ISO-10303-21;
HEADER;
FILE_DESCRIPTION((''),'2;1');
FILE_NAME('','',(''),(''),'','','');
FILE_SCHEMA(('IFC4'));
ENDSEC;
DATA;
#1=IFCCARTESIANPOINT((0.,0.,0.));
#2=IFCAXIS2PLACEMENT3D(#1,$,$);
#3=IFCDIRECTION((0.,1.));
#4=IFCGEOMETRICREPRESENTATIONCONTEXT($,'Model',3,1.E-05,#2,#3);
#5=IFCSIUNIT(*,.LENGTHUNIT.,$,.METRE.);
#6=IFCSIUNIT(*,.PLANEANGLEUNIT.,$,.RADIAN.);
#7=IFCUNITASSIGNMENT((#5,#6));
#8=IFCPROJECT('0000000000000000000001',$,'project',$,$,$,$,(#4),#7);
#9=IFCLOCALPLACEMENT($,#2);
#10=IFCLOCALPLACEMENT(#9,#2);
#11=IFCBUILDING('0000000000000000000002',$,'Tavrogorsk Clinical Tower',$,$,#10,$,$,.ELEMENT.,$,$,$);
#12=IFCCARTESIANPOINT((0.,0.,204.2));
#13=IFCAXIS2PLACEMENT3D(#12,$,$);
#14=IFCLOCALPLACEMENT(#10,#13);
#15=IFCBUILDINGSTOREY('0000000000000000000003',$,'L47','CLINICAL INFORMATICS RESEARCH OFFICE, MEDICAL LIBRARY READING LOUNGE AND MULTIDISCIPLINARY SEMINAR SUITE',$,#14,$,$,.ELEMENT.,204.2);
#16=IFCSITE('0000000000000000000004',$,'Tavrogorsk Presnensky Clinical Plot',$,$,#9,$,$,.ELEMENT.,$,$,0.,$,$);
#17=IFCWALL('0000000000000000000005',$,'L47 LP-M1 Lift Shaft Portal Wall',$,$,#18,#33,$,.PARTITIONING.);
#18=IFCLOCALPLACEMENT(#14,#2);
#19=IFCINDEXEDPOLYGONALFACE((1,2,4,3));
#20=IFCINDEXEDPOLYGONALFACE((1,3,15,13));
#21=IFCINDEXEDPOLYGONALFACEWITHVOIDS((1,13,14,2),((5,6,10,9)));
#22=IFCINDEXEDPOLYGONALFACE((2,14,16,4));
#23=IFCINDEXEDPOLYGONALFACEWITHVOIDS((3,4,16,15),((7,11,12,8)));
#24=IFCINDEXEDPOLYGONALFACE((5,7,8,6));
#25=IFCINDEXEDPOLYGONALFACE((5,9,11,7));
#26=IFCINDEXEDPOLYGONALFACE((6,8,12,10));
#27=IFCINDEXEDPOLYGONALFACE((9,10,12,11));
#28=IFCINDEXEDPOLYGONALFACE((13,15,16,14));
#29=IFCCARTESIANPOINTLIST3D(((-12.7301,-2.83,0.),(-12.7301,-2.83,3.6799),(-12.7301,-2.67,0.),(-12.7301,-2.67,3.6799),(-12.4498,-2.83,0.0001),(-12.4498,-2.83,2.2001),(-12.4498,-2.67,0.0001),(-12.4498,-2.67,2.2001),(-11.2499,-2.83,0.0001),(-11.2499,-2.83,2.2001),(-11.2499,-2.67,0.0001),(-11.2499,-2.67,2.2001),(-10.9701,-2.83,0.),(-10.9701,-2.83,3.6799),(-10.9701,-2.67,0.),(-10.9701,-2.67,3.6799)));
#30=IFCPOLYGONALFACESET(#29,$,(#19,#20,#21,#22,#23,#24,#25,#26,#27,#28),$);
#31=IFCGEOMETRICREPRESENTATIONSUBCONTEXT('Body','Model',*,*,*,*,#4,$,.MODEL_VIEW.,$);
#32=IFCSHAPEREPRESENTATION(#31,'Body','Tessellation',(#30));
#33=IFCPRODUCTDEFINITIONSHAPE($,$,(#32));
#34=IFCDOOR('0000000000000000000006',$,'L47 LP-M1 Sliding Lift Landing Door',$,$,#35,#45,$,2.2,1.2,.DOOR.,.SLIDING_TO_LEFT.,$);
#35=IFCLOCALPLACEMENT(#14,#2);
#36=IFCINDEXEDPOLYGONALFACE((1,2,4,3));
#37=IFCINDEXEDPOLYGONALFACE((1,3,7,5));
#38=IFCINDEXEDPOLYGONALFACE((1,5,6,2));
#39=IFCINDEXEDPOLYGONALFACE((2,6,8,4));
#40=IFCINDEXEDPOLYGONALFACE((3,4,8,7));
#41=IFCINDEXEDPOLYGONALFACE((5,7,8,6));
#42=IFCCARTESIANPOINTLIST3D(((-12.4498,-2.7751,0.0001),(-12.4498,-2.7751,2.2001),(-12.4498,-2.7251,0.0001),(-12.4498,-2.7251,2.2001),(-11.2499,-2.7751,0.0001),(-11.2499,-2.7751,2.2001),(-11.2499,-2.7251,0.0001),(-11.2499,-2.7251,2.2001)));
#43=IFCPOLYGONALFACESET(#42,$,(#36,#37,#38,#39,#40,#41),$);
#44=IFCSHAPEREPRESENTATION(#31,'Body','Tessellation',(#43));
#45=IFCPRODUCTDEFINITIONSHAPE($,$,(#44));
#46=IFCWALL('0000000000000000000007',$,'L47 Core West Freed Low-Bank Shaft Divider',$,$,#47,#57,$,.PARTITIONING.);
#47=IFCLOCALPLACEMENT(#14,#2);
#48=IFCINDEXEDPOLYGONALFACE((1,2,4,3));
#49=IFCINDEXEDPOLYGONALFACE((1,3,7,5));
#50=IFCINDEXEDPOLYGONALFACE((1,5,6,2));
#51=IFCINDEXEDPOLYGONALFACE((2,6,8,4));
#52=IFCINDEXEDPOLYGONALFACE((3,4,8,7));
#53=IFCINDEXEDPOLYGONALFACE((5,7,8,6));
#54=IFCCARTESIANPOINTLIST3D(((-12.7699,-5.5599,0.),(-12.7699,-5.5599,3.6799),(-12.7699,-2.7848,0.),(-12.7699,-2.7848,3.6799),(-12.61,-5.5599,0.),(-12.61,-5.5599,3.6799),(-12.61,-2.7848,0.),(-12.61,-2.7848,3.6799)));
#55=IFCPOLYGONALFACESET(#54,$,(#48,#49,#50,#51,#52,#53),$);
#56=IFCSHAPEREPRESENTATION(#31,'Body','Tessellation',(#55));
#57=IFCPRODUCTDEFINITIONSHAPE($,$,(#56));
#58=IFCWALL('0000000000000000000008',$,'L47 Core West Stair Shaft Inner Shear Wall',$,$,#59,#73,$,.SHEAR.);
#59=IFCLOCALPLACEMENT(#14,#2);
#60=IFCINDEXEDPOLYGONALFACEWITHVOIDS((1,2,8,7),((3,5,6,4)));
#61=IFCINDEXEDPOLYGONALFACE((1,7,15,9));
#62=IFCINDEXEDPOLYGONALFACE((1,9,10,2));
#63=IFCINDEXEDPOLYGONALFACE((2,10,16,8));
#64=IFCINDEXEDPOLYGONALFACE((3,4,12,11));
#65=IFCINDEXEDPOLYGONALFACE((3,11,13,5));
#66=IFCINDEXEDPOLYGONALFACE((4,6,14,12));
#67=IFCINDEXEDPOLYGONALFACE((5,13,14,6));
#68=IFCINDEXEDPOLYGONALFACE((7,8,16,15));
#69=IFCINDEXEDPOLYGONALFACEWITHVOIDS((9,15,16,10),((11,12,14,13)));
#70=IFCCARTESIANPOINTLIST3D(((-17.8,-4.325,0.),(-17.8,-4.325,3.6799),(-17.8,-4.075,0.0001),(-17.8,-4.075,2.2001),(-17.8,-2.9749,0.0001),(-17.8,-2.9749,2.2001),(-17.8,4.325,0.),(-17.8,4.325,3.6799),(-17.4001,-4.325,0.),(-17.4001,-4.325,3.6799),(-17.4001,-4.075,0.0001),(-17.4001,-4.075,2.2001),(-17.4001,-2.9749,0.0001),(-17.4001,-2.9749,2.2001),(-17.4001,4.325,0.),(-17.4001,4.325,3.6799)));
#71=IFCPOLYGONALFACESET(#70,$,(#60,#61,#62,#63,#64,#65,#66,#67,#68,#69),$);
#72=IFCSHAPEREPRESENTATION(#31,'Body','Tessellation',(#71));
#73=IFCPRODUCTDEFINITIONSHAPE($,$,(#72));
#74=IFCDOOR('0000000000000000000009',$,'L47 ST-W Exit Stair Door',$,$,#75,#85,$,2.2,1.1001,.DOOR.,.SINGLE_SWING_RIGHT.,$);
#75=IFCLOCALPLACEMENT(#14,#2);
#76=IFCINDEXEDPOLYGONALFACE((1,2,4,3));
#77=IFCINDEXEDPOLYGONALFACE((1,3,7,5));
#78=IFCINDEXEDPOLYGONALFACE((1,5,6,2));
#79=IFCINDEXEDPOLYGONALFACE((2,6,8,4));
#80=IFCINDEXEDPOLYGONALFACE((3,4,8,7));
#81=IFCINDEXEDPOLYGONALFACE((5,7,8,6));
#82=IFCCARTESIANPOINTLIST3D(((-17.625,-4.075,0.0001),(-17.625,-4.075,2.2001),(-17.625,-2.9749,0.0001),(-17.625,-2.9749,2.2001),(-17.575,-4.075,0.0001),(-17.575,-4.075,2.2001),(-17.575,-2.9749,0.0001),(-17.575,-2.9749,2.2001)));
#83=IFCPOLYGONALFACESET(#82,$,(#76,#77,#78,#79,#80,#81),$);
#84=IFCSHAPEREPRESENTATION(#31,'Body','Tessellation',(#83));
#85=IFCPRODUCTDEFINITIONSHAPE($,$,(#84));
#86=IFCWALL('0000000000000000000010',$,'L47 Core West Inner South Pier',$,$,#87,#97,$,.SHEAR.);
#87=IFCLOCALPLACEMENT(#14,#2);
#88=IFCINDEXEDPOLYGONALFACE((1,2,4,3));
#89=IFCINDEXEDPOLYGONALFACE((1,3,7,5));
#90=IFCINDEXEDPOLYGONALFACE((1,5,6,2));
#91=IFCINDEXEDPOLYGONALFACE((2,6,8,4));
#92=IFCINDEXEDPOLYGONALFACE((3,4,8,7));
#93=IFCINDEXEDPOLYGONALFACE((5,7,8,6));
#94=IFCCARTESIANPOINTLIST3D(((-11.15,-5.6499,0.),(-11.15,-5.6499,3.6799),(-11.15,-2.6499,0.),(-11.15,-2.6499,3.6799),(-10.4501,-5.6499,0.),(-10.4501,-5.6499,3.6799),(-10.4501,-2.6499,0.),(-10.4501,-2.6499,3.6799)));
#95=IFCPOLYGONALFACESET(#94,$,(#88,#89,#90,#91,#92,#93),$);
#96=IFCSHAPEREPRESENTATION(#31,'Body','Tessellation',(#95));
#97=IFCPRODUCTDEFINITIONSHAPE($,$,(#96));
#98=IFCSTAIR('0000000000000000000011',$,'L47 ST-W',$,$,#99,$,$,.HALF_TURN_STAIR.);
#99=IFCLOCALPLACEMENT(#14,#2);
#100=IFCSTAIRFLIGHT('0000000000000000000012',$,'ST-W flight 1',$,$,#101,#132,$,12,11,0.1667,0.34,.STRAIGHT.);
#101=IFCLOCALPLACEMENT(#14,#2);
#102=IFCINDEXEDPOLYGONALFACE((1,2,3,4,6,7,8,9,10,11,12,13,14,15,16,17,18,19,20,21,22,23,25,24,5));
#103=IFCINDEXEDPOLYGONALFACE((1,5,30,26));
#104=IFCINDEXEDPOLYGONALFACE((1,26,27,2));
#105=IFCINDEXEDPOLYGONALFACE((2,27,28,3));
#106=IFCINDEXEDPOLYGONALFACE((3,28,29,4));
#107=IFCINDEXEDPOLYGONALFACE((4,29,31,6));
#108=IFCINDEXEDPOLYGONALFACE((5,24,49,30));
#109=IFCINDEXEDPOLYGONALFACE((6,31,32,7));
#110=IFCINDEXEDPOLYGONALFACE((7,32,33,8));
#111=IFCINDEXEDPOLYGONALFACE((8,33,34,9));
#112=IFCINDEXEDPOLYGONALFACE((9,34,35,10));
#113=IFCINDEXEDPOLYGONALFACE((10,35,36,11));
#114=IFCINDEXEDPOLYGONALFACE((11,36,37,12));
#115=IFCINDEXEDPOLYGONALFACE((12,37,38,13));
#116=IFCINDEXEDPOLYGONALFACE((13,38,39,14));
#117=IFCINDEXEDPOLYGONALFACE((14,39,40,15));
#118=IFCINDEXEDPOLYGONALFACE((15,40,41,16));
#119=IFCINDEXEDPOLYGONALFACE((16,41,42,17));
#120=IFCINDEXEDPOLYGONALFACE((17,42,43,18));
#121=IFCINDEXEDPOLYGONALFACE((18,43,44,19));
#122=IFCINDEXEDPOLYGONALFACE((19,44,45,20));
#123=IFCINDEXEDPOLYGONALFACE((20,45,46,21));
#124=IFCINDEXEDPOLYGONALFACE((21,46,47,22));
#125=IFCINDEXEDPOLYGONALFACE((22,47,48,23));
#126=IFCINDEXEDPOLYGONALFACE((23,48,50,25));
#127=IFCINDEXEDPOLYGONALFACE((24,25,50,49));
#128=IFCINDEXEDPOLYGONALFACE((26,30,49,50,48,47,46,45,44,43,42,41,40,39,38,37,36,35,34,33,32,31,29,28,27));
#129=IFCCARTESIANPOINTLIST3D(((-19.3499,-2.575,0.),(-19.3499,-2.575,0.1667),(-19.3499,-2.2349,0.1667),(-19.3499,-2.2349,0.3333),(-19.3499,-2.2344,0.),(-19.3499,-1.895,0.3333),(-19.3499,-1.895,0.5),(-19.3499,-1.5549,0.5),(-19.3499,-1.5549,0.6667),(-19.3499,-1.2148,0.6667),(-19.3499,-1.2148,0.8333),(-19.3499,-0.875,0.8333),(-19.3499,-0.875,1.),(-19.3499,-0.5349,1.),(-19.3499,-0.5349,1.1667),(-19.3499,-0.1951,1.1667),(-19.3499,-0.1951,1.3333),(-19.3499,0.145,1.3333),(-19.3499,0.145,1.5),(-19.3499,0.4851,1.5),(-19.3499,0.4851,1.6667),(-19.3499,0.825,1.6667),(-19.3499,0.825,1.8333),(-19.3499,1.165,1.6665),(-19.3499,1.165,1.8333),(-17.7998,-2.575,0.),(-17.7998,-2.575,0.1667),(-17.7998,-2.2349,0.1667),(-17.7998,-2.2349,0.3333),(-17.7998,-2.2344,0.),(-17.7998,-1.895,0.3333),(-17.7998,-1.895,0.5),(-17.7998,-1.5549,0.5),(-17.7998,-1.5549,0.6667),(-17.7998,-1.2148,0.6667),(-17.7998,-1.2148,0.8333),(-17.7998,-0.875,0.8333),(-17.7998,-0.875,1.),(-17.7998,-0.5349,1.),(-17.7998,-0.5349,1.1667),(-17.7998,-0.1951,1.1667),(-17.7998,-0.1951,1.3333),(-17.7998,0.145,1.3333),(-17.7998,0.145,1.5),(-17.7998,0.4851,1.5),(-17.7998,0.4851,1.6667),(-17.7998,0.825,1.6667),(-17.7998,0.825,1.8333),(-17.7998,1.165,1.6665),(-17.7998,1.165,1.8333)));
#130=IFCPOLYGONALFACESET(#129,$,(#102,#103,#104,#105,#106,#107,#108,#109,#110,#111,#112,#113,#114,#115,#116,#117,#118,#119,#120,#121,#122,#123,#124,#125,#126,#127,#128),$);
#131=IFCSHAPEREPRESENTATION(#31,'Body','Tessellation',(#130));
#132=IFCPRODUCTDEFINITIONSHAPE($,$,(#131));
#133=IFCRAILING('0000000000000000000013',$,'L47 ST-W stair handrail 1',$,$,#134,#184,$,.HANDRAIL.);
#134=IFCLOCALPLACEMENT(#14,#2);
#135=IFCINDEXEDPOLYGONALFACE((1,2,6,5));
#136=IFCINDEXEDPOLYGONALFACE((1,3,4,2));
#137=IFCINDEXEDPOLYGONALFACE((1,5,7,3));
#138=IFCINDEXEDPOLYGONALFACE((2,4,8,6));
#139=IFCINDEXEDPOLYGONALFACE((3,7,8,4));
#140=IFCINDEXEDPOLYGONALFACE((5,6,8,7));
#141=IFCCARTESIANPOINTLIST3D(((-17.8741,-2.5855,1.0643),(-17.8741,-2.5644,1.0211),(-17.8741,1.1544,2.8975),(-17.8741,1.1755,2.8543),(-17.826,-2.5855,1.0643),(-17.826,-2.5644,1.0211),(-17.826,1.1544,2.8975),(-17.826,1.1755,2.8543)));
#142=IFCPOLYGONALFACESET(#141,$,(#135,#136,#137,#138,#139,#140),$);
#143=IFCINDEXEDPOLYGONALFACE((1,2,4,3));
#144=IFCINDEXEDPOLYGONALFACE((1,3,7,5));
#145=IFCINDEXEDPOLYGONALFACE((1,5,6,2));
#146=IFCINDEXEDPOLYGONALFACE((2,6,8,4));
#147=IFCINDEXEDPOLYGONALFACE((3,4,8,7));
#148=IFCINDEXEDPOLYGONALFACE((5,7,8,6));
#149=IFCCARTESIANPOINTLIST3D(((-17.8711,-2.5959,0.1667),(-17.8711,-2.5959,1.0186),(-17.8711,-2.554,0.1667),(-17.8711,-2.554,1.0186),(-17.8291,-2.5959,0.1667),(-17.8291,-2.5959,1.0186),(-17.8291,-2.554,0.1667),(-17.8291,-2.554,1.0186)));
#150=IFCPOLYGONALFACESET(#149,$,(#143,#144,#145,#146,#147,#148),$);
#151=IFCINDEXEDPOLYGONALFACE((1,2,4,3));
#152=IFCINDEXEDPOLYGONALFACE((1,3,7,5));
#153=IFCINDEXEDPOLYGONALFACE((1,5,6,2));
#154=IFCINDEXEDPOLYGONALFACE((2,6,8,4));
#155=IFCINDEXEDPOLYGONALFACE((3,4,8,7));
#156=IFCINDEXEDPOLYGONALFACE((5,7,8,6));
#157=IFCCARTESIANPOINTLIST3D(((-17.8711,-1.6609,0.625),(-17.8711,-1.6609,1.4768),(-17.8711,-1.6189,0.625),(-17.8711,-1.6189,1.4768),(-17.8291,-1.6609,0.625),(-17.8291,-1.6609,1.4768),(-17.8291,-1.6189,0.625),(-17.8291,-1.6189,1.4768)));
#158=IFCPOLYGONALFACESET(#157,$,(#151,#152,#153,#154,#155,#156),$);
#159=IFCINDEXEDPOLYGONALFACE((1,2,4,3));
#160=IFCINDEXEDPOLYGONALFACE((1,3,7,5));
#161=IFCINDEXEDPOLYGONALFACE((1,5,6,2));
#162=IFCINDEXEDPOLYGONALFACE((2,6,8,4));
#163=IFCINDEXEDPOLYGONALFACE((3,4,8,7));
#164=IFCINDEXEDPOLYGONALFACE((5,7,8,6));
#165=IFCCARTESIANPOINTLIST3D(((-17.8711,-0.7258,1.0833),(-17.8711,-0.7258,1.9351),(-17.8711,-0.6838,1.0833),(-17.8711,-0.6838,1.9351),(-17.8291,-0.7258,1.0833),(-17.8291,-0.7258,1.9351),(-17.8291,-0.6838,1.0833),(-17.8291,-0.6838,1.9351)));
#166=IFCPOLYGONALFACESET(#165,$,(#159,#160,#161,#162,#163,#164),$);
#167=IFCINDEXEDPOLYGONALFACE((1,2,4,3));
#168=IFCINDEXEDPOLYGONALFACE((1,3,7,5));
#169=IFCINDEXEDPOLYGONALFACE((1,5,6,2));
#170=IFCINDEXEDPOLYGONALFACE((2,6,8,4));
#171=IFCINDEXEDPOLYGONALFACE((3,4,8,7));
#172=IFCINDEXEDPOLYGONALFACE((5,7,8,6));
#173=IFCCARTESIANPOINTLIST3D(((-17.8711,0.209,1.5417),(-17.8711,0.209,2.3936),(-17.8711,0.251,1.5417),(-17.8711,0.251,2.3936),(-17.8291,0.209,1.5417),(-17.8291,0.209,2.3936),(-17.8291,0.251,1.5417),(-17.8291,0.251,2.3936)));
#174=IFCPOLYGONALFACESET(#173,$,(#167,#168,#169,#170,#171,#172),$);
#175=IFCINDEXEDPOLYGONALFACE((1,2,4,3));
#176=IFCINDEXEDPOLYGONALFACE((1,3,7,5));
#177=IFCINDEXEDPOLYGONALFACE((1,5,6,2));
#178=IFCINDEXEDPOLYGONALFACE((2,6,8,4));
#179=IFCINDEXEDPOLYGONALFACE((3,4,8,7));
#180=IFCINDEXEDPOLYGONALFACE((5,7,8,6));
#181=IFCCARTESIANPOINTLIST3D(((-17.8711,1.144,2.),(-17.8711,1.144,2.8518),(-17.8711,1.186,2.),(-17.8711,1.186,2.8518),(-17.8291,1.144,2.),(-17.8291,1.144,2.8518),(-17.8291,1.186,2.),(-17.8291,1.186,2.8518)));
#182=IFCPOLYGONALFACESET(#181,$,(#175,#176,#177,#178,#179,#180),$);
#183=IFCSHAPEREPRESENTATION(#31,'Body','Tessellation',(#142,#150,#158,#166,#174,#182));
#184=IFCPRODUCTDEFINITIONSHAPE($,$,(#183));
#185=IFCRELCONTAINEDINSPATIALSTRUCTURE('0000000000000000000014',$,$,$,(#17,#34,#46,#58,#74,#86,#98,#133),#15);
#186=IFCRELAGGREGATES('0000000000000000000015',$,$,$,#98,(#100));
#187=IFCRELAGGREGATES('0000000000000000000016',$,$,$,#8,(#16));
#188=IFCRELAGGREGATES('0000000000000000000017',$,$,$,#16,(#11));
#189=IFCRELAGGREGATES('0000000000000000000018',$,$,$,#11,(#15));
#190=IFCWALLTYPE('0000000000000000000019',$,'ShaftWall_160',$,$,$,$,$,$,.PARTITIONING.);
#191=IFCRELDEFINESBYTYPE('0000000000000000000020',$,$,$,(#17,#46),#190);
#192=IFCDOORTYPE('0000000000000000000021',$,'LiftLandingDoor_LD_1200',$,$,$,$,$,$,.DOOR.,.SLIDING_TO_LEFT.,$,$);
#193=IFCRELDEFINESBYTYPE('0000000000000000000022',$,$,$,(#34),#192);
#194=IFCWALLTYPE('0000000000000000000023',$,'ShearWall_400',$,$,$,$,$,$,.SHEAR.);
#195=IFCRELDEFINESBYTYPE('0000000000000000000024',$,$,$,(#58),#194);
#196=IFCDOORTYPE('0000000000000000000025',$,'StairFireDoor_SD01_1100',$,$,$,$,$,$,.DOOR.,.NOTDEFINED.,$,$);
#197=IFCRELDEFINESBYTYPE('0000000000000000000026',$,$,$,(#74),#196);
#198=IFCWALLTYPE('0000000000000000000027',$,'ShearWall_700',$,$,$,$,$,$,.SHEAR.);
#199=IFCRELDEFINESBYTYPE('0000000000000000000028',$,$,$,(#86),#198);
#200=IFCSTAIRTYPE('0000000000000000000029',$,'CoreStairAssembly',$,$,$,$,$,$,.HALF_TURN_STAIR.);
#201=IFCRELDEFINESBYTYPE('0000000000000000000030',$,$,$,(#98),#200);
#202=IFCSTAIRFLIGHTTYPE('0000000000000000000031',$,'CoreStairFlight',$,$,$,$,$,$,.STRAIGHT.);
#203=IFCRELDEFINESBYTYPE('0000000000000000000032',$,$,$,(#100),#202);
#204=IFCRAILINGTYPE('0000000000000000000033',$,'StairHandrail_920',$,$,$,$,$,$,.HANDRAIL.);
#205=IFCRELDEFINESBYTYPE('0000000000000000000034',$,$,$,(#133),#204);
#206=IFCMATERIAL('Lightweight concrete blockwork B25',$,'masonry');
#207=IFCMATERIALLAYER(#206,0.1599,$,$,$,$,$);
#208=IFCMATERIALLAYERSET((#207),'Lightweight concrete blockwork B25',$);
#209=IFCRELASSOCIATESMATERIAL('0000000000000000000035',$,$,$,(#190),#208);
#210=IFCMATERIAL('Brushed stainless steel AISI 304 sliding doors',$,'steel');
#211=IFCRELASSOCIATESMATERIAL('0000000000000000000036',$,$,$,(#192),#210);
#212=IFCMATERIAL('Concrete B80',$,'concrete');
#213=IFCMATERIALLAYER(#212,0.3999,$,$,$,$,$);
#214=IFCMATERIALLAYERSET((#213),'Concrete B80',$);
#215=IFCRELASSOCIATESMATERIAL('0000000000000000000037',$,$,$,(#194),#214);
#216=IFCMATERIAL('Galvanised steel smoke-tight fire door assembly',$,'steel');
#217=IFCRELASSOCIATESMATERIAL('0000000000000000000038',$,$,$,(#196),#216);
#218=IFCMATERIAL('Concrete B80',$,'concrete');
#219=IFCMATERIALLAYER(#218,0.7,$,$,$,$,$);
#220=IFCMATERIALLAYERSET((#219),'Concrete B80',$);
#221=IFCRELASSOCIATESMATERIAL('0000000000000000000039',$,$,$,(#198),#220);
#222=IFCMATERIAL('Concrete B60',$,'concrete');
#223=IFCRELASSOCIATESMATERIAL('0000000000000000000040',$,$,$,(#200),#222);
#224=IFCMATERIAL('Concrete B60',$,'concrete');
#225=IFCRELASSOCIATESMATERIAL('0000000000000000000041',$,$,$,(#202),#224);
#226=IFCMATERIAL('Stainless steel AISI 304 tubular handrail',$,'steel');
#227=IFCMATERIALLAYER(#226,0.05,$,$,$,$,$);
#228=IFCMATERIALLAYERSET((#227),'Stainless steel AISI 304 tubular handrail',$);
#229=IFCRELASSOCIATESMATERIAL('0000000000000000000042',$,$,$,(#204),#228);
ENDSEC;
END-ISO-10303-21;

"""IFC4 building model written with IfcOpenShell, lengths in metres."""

from ifc_helpers import new_model, si_unit, direction, frame, frame_2d, origin, origin_2d, place, context, subcontext, project, spatial, polyline, rectangle, outline, extrude, material, layer, layer_set, type_object, element, fill, aggregate, save


model = new_model("IFC4")

# Units and contexts
model_context = context("Model", 3, precision=1e-05, world=origin(), true_north=direction((0.0, 1.0)))
body_context = subcontext(model_context, "Body", "Model", "MODEL_VIEW")
ifc_project = project(units=[si_unit("LENGTHUNIT", "METRE"), si_unit("PLANEANGLEUNIT", "RADIAN")], contexts=[model_context])

# Site, building, storey
site_placement = place(None, origin())
site = spatial("IfcSite", under=ifc_project, at=site_placement, Name="Tavrogorsk Presnensky Clinical Plot", CompositionType="ELEMENT", RefElevation=0.0)
building_placement = place(site_placement, origin())
building = spatial("IfcBuilding", under=site, at=building_placement, Name="Tavrogorsk Clinical Tower", CompositionType="ELEMENT")
storey_placement = place(building_placement, frame((0.0, 0.0, 204.2)))
storey = spatial("IfcBuildingStorey", under=building, at=storey_placement, Name="L47", Description="CLINICAL INFORMATICS RESEARCH OFFICE, MEDICAL LIBRARY READING LOUNGE AND MULTIDISCIPLINARY SEMINAR SUITE", CompositionType="ELEMENT", Elevation=204.2)

# Wall, opening, door
ifc_material_1 = material(Name="Lightweight concrete blockwork B25", Category="masonry")
ifc_layer_1 = layer(ifc_material_1, 0.1599)
ifc_layer_set_1 = layer_set([ifc_layer_1], Name="Lightweight concrete blockwork B25")
wall_type_1 = type_object("IfcWallType", Name="ShaftWall_160", PredefinedType="PARTITIONING", material=ifc_layer_set_1)
wall_1_placement = place(storey_placement, frame((-12.73, -2.75, 0.0), z_axis=(0.0, 0.0, 1.0), x_axis=(1.0, 0.0, 0.0)))
wall_1 = element("IfcWall", 1, at=wall_1_placement, inside=storey, type_object=wall_type_1, Name="L47 LP-M1 Lift Shaft Portal Wall", PredefinedType="PARTITIONING", context=body_context, shape_type="SweptSolid", body=[
    extrude(rectangle(XDim=1.76, YDim=0.1599, at=frame_2d((0.8799, 0.0))), origin(), (0.0, 0.0, 1.0), 3.6799),
])
opening_1_placement = place(wall_1_placement, frame((0.28, 0.0, 0.0)))
opening_1 = element("IfcOpeningElement", 2, at=opening_1_placement, cuts=wall_1, PredefinedType="OPENING", context=body_context, shape_type="SweptSolid", body=[
    extrude(rectangle(XDim=1.2, YDim=2.2, at=frame_2d((0.6001, 1.1001))), frame((0.0, 0.0898, 0.0), z_axis=(0.0, -1.0, 0.0), x_axis=(1.0, 0.0, 0.0)), (0.0, 0.0, 1.0), 0.1799),
])
ifc_material_2 = material(Name="Brushed stainless steel AISI 304 sliding doors", Category="steel")
door_type_1 = type_object("IfcDoorType", Name="LiftLandingDoor_LD_1200", OperationType="SLIDING_TO_LEFT", PredefinedType="DOOR", material=ifc_material_2)
door_1_placement = place(opening_1_placement, origin())
door_1 = element("IfcDoor", 3, at=door_1_placement, inside=storey, type_object=door_type_1, Name="L47 LP-M1 Sliding Lift Landing Door", OperationType="SLIDING_TO_LEFT", OverallHeight=2.2, OverallWidth=1.2, PredefinedType="DOOR", context=body_context, shape_type="SweptSolid", body=[
    extrude(rectangle(XDim=1.2, YDim=2.2, at=frame_2d((0.6001, 1.1001))), frame((0.0, 0.0249, 0.0), z_axis=(0.0, -1.0, 0.0), x_axis=(1.0, 0.0, 0.0)), (0.0, 0.0, 1.0), 0.05),
])
fill(opening_1, door_1)

# Wall
wall_2_placement = place(storey_placement, frame((-12.6899, -5.5601, 0.0), z_axis=(0.0, 0.0, 1.0), x_axis=(0.0, 1.0, 0.0)))
element("IfcWall", 4, at=wall_2_placement, inside=storey, type_object=wall_type_1, Name="L47 Core West Freed Low-Bank Shaft Divider", PredefinedType="PARTITIONING", context=body_context, shape_type="SweptSolid", body=[
    extrude(rectangle(XDim=2.7751, YDim=0.1599, at=frame_2d((1.3877, 0.0))), origin(), (0.0, 0.0, 1.0), 3.6799),
])

# Wall, opening, door
ifc_material_3 = material(Name="Concrete B80", Category="concrete")
ifc_layer_2 = layer(ifc_material_3, 0.3999)
ifc_layer_set_2 = layer_set([ifc_layer_2], Name="Concrete B80")
wall_type_2 = type_object("IfcWallType", Name="ShearWall_400", PredefinedType="SHEAR", material=ifc_layer_set_2)
wall_3_placement = place(storey_placement, frame((-17.6001, -4.325, 0.0), z_axis=(0.0, 0.0, 1.0), x_axis=(0.0, 1.0, 0.0)))
wall_3 = element("IfcWall", 5, at=wall_3_placement, inside=storey, type_object=wall_type_2, Name="L47 Core West Stair Shaft Inner Shear Wall", PredefinedType="SHEAR", context=body_context, shape_type="SweptSolid", body=[
    extrude(rectangle(XDim=8.6499, YDim=0.3999, at=frame_2d((4.325, 0.0))), origin(), (0.0, 0.0, 1.0), 3.6799),
])
opening_2_placement = place(wall_3_placement, frame((0.25, 0.0, 0.0)))
opening_2 = element("IfcOpeningElement", 6, at=opening_2_placement, cuts=wall_3, PredefinedType="OPENING", context=body_context, shape_type="SweptSolid", body=[
    extrude(rectangle(XDim=1.1001, YDim=2.2, at=frame_2d((0.55, 1.1001))), frame((0.0, 0.21, 0.0), z_axis=(0.0, -1.0, 0.0), x_axis=(1.0, 0.0, 0.0)), (0.0, 0.0, 1.0), 0.4199),
])
ifc_material_4 = material(Name="Galvanised steel smoke-tight fire door assembly", Category="steel")
door_type_2 = type_object("IfcDoorType", Name="StairFireDoor_SD01_1100", OperationType="NOTDEFINED", PredefinedType="DOOR", material=ifc_material_4)
door_2_placement = place(opening_2_placement, origin())
door_2 = element("IfcDoor", 7, at=door_2_placement, inside=storey, type_object=door_type_2, Name="L47 ST-W Exit Stair Door", OperationType="SINGLE_SWING_RIGHT", OverallHeight=2.2, OverallWidth=1.1001, PredefinedType="DOOR", context=body_context, shape_type="SweptSolid", body=[
    extrude(rectangle(XDim=1.1001, YDim=2.2, at=frame_2d((0.55, 1.1001))), frame((0.0, 0.0249, 0.0), z_axis=(0.0, -1.0, 0.0), x_axis=(1.0, 0.0, 0.0)), (0.0, 0.0, 1.0), 0.05),
])
fill(opening_2, door_2)

# Wall
ifc_material_5 = material(Name="Concrete B80", Category="concrete")
ifc_layer_3 = layer(ifc_material_5, 0.7)
ifc_layer_set_3 = layer_set([ifc_layer_3], Name="Concrete B80")
wall_type_3 = type_object("IfcWallType", Name="ShearWall_700", PredefinedType="SHEAR", material=ifc_layer_set_3)
wall_4_placement = place(storey_placement, frame((-10.8, -5.6499, 0.0), z_axis=(0.0, 0.0, 1.0), x_axis=(0.0, 1.0, 0.0)))
element("IfcWall", 8, at=wall_4_placement, inside=storey, type_object=wall_type_3, Name="L47 Core West Inner South Pier", PredefinedType="SHEAR", context=body_context, shape_type="SweptSolid", body=[
    extrude(rectangle(XDim=3.0, YDim=0.7, at=frame_2d((1.5, 0.0))), origin(), (0.0, 0.0, 1.0), 3.6799),
])

# Stair, stair flight
ifc_material_6 = material(Name="Concrete B60", Category="concrete")
stair_type = type_object("IfcStairType", Name="CoreStairAssembly", PredefinedType="HALF_TURN_STAIR", material=ifc_material_6)
stair_placement = place(storey_placement, origin())
stair = element("IfcStair", 9, at=stair_placement, inside=storey, type_object=stair_type, Name="L47 ST-W", PredefinedType="HALF_TURN_STAIR")
ifc_material_7 = material(Name="Concrete B60", Category="concrete")
stair_flight_type = type_object("IfcStairFlightType", Name="CoreStairFlight", PredefinedType="STRAIGHT", material=ifc_material_7)
stair_flight_placement = place(storey_placement, frame((-18.575, -2.575, 0.0), z_axis=(0.0, 0.0, 1.0), x_axis=(0.0, 1.0, 0.0)))
stair_flight = element("IfcStairFlight", 10, at=stair_flight_placement, type_object=stair_flight_type, Name="ST-W flight 1", NumberOfRisers=12, NumberOfTreads=11, PredefinedType="STRAIGHT", RiserHeight=0.1667, TreadLength=0.34, context=body_context, shape_type="SweptSolid", body=[
    extrude(outline(polyline([(0.0, 0.0), (0.0, 0.1667), (0.3401, 0.1667), (0.3401, 0.3333), (0.6799, 0.3333), (0.6799, 0.5), (1.02, 0.5), (1.02, 0.6667), (1.3601, 0.6667), (1.3601, 0.8333), (1.7, 0.8333), (1.7, 1.0), (2.04, 1.0), (2.04, 1.1667), (2.3799, 1.1667), (2.3799, 1.3333), (2.72, 1.3333), (2.72, 1.5), (3.0601, 1.5), (3.0601, 1.6667), (3.3999, 1.6667), (3.3999, 1.8333), (3.74, 1.8333), (3.74, 2.0), (3.74, 1.6665), (0.3406, 0.0), (0.0, 0.0)])), frame((0.0, 0.7749, 0.0), z_axis=(0.0, -1.0, 0.0), x_axis=(1.0, 0.0, 0.0)), (0.0, 0.0, 1.0), 1.55),
])
aggregate(stair, [stair_flight])

# Railing
ifc_material_8 = material(Name="Stainless steel AISI 304 tubular handrail", Category="steel")
ifc_layer_4 = layer(ifc_material_8, 0.05)
ifc_layer_set_4 = layer_set([ifc_layer_4], Name="Stainless steel AISI 304 tubular handrail")
railing_type = type_object("IfcRailingType", Name="StairHandrail_920", PredefinedType="HANDRAIL", material=ifc_layer_set_4)
railing_placement = place(storey_placement, frame((-17.8501, -2.575, 0.1667)))
element("IfcRailing", 11, at=railing_placement, inside=storey, type_object=railing_type, Name="L47 ST-W stair handrail 1", PredefinedType="HANDRAIL", context=body_context, shape_type="SweptSolid", body=[
    extrude(rectangle(XDim=0.0481, YDim=0.0481, at=origin_2d()), frame((0.0, 0.0, 0.876), z_axis=(0.0, 0.897928, 0.440142), x_axis=(-1.0, 0.0, 0.0)), (0.0, 0.0, 1.0), 4.165),
    extrude(rectangle(XDim=0.042, YDim=0.042, at=origin_2d()), origin(), (0.0, 0.0, 1.0), 0.8518),
    extrude(rectangle(XDim=0.042, YDim=0.042, at=origin_2d()), frame((0.0, 0.9351, 0.4583)), (0.0, 0.0, 1.0), 0.8518),
    extrude(rectangle(XDim=0.042, YDim=0.042, at=origin_2d()), frame((0.0, 1.8701, 0.9165)), (0.0, 0.0, 1.0), 0.8518),
    extrude(rectangle(XDim=0.042, YDim=0.042, at=origin_2d()), frame((0.0, 2.8049, 1.375)), (0.0, 0.0, 1.0), 0.8518),
    extrude(rectangle(XDim=0.042, YDim=0.042, at=origin_2d()), frame((0.0, 3.74, 1.8333)), (0.0, 0.0, 1.0), 0.8518),
])

save(model, "model.ifc")
